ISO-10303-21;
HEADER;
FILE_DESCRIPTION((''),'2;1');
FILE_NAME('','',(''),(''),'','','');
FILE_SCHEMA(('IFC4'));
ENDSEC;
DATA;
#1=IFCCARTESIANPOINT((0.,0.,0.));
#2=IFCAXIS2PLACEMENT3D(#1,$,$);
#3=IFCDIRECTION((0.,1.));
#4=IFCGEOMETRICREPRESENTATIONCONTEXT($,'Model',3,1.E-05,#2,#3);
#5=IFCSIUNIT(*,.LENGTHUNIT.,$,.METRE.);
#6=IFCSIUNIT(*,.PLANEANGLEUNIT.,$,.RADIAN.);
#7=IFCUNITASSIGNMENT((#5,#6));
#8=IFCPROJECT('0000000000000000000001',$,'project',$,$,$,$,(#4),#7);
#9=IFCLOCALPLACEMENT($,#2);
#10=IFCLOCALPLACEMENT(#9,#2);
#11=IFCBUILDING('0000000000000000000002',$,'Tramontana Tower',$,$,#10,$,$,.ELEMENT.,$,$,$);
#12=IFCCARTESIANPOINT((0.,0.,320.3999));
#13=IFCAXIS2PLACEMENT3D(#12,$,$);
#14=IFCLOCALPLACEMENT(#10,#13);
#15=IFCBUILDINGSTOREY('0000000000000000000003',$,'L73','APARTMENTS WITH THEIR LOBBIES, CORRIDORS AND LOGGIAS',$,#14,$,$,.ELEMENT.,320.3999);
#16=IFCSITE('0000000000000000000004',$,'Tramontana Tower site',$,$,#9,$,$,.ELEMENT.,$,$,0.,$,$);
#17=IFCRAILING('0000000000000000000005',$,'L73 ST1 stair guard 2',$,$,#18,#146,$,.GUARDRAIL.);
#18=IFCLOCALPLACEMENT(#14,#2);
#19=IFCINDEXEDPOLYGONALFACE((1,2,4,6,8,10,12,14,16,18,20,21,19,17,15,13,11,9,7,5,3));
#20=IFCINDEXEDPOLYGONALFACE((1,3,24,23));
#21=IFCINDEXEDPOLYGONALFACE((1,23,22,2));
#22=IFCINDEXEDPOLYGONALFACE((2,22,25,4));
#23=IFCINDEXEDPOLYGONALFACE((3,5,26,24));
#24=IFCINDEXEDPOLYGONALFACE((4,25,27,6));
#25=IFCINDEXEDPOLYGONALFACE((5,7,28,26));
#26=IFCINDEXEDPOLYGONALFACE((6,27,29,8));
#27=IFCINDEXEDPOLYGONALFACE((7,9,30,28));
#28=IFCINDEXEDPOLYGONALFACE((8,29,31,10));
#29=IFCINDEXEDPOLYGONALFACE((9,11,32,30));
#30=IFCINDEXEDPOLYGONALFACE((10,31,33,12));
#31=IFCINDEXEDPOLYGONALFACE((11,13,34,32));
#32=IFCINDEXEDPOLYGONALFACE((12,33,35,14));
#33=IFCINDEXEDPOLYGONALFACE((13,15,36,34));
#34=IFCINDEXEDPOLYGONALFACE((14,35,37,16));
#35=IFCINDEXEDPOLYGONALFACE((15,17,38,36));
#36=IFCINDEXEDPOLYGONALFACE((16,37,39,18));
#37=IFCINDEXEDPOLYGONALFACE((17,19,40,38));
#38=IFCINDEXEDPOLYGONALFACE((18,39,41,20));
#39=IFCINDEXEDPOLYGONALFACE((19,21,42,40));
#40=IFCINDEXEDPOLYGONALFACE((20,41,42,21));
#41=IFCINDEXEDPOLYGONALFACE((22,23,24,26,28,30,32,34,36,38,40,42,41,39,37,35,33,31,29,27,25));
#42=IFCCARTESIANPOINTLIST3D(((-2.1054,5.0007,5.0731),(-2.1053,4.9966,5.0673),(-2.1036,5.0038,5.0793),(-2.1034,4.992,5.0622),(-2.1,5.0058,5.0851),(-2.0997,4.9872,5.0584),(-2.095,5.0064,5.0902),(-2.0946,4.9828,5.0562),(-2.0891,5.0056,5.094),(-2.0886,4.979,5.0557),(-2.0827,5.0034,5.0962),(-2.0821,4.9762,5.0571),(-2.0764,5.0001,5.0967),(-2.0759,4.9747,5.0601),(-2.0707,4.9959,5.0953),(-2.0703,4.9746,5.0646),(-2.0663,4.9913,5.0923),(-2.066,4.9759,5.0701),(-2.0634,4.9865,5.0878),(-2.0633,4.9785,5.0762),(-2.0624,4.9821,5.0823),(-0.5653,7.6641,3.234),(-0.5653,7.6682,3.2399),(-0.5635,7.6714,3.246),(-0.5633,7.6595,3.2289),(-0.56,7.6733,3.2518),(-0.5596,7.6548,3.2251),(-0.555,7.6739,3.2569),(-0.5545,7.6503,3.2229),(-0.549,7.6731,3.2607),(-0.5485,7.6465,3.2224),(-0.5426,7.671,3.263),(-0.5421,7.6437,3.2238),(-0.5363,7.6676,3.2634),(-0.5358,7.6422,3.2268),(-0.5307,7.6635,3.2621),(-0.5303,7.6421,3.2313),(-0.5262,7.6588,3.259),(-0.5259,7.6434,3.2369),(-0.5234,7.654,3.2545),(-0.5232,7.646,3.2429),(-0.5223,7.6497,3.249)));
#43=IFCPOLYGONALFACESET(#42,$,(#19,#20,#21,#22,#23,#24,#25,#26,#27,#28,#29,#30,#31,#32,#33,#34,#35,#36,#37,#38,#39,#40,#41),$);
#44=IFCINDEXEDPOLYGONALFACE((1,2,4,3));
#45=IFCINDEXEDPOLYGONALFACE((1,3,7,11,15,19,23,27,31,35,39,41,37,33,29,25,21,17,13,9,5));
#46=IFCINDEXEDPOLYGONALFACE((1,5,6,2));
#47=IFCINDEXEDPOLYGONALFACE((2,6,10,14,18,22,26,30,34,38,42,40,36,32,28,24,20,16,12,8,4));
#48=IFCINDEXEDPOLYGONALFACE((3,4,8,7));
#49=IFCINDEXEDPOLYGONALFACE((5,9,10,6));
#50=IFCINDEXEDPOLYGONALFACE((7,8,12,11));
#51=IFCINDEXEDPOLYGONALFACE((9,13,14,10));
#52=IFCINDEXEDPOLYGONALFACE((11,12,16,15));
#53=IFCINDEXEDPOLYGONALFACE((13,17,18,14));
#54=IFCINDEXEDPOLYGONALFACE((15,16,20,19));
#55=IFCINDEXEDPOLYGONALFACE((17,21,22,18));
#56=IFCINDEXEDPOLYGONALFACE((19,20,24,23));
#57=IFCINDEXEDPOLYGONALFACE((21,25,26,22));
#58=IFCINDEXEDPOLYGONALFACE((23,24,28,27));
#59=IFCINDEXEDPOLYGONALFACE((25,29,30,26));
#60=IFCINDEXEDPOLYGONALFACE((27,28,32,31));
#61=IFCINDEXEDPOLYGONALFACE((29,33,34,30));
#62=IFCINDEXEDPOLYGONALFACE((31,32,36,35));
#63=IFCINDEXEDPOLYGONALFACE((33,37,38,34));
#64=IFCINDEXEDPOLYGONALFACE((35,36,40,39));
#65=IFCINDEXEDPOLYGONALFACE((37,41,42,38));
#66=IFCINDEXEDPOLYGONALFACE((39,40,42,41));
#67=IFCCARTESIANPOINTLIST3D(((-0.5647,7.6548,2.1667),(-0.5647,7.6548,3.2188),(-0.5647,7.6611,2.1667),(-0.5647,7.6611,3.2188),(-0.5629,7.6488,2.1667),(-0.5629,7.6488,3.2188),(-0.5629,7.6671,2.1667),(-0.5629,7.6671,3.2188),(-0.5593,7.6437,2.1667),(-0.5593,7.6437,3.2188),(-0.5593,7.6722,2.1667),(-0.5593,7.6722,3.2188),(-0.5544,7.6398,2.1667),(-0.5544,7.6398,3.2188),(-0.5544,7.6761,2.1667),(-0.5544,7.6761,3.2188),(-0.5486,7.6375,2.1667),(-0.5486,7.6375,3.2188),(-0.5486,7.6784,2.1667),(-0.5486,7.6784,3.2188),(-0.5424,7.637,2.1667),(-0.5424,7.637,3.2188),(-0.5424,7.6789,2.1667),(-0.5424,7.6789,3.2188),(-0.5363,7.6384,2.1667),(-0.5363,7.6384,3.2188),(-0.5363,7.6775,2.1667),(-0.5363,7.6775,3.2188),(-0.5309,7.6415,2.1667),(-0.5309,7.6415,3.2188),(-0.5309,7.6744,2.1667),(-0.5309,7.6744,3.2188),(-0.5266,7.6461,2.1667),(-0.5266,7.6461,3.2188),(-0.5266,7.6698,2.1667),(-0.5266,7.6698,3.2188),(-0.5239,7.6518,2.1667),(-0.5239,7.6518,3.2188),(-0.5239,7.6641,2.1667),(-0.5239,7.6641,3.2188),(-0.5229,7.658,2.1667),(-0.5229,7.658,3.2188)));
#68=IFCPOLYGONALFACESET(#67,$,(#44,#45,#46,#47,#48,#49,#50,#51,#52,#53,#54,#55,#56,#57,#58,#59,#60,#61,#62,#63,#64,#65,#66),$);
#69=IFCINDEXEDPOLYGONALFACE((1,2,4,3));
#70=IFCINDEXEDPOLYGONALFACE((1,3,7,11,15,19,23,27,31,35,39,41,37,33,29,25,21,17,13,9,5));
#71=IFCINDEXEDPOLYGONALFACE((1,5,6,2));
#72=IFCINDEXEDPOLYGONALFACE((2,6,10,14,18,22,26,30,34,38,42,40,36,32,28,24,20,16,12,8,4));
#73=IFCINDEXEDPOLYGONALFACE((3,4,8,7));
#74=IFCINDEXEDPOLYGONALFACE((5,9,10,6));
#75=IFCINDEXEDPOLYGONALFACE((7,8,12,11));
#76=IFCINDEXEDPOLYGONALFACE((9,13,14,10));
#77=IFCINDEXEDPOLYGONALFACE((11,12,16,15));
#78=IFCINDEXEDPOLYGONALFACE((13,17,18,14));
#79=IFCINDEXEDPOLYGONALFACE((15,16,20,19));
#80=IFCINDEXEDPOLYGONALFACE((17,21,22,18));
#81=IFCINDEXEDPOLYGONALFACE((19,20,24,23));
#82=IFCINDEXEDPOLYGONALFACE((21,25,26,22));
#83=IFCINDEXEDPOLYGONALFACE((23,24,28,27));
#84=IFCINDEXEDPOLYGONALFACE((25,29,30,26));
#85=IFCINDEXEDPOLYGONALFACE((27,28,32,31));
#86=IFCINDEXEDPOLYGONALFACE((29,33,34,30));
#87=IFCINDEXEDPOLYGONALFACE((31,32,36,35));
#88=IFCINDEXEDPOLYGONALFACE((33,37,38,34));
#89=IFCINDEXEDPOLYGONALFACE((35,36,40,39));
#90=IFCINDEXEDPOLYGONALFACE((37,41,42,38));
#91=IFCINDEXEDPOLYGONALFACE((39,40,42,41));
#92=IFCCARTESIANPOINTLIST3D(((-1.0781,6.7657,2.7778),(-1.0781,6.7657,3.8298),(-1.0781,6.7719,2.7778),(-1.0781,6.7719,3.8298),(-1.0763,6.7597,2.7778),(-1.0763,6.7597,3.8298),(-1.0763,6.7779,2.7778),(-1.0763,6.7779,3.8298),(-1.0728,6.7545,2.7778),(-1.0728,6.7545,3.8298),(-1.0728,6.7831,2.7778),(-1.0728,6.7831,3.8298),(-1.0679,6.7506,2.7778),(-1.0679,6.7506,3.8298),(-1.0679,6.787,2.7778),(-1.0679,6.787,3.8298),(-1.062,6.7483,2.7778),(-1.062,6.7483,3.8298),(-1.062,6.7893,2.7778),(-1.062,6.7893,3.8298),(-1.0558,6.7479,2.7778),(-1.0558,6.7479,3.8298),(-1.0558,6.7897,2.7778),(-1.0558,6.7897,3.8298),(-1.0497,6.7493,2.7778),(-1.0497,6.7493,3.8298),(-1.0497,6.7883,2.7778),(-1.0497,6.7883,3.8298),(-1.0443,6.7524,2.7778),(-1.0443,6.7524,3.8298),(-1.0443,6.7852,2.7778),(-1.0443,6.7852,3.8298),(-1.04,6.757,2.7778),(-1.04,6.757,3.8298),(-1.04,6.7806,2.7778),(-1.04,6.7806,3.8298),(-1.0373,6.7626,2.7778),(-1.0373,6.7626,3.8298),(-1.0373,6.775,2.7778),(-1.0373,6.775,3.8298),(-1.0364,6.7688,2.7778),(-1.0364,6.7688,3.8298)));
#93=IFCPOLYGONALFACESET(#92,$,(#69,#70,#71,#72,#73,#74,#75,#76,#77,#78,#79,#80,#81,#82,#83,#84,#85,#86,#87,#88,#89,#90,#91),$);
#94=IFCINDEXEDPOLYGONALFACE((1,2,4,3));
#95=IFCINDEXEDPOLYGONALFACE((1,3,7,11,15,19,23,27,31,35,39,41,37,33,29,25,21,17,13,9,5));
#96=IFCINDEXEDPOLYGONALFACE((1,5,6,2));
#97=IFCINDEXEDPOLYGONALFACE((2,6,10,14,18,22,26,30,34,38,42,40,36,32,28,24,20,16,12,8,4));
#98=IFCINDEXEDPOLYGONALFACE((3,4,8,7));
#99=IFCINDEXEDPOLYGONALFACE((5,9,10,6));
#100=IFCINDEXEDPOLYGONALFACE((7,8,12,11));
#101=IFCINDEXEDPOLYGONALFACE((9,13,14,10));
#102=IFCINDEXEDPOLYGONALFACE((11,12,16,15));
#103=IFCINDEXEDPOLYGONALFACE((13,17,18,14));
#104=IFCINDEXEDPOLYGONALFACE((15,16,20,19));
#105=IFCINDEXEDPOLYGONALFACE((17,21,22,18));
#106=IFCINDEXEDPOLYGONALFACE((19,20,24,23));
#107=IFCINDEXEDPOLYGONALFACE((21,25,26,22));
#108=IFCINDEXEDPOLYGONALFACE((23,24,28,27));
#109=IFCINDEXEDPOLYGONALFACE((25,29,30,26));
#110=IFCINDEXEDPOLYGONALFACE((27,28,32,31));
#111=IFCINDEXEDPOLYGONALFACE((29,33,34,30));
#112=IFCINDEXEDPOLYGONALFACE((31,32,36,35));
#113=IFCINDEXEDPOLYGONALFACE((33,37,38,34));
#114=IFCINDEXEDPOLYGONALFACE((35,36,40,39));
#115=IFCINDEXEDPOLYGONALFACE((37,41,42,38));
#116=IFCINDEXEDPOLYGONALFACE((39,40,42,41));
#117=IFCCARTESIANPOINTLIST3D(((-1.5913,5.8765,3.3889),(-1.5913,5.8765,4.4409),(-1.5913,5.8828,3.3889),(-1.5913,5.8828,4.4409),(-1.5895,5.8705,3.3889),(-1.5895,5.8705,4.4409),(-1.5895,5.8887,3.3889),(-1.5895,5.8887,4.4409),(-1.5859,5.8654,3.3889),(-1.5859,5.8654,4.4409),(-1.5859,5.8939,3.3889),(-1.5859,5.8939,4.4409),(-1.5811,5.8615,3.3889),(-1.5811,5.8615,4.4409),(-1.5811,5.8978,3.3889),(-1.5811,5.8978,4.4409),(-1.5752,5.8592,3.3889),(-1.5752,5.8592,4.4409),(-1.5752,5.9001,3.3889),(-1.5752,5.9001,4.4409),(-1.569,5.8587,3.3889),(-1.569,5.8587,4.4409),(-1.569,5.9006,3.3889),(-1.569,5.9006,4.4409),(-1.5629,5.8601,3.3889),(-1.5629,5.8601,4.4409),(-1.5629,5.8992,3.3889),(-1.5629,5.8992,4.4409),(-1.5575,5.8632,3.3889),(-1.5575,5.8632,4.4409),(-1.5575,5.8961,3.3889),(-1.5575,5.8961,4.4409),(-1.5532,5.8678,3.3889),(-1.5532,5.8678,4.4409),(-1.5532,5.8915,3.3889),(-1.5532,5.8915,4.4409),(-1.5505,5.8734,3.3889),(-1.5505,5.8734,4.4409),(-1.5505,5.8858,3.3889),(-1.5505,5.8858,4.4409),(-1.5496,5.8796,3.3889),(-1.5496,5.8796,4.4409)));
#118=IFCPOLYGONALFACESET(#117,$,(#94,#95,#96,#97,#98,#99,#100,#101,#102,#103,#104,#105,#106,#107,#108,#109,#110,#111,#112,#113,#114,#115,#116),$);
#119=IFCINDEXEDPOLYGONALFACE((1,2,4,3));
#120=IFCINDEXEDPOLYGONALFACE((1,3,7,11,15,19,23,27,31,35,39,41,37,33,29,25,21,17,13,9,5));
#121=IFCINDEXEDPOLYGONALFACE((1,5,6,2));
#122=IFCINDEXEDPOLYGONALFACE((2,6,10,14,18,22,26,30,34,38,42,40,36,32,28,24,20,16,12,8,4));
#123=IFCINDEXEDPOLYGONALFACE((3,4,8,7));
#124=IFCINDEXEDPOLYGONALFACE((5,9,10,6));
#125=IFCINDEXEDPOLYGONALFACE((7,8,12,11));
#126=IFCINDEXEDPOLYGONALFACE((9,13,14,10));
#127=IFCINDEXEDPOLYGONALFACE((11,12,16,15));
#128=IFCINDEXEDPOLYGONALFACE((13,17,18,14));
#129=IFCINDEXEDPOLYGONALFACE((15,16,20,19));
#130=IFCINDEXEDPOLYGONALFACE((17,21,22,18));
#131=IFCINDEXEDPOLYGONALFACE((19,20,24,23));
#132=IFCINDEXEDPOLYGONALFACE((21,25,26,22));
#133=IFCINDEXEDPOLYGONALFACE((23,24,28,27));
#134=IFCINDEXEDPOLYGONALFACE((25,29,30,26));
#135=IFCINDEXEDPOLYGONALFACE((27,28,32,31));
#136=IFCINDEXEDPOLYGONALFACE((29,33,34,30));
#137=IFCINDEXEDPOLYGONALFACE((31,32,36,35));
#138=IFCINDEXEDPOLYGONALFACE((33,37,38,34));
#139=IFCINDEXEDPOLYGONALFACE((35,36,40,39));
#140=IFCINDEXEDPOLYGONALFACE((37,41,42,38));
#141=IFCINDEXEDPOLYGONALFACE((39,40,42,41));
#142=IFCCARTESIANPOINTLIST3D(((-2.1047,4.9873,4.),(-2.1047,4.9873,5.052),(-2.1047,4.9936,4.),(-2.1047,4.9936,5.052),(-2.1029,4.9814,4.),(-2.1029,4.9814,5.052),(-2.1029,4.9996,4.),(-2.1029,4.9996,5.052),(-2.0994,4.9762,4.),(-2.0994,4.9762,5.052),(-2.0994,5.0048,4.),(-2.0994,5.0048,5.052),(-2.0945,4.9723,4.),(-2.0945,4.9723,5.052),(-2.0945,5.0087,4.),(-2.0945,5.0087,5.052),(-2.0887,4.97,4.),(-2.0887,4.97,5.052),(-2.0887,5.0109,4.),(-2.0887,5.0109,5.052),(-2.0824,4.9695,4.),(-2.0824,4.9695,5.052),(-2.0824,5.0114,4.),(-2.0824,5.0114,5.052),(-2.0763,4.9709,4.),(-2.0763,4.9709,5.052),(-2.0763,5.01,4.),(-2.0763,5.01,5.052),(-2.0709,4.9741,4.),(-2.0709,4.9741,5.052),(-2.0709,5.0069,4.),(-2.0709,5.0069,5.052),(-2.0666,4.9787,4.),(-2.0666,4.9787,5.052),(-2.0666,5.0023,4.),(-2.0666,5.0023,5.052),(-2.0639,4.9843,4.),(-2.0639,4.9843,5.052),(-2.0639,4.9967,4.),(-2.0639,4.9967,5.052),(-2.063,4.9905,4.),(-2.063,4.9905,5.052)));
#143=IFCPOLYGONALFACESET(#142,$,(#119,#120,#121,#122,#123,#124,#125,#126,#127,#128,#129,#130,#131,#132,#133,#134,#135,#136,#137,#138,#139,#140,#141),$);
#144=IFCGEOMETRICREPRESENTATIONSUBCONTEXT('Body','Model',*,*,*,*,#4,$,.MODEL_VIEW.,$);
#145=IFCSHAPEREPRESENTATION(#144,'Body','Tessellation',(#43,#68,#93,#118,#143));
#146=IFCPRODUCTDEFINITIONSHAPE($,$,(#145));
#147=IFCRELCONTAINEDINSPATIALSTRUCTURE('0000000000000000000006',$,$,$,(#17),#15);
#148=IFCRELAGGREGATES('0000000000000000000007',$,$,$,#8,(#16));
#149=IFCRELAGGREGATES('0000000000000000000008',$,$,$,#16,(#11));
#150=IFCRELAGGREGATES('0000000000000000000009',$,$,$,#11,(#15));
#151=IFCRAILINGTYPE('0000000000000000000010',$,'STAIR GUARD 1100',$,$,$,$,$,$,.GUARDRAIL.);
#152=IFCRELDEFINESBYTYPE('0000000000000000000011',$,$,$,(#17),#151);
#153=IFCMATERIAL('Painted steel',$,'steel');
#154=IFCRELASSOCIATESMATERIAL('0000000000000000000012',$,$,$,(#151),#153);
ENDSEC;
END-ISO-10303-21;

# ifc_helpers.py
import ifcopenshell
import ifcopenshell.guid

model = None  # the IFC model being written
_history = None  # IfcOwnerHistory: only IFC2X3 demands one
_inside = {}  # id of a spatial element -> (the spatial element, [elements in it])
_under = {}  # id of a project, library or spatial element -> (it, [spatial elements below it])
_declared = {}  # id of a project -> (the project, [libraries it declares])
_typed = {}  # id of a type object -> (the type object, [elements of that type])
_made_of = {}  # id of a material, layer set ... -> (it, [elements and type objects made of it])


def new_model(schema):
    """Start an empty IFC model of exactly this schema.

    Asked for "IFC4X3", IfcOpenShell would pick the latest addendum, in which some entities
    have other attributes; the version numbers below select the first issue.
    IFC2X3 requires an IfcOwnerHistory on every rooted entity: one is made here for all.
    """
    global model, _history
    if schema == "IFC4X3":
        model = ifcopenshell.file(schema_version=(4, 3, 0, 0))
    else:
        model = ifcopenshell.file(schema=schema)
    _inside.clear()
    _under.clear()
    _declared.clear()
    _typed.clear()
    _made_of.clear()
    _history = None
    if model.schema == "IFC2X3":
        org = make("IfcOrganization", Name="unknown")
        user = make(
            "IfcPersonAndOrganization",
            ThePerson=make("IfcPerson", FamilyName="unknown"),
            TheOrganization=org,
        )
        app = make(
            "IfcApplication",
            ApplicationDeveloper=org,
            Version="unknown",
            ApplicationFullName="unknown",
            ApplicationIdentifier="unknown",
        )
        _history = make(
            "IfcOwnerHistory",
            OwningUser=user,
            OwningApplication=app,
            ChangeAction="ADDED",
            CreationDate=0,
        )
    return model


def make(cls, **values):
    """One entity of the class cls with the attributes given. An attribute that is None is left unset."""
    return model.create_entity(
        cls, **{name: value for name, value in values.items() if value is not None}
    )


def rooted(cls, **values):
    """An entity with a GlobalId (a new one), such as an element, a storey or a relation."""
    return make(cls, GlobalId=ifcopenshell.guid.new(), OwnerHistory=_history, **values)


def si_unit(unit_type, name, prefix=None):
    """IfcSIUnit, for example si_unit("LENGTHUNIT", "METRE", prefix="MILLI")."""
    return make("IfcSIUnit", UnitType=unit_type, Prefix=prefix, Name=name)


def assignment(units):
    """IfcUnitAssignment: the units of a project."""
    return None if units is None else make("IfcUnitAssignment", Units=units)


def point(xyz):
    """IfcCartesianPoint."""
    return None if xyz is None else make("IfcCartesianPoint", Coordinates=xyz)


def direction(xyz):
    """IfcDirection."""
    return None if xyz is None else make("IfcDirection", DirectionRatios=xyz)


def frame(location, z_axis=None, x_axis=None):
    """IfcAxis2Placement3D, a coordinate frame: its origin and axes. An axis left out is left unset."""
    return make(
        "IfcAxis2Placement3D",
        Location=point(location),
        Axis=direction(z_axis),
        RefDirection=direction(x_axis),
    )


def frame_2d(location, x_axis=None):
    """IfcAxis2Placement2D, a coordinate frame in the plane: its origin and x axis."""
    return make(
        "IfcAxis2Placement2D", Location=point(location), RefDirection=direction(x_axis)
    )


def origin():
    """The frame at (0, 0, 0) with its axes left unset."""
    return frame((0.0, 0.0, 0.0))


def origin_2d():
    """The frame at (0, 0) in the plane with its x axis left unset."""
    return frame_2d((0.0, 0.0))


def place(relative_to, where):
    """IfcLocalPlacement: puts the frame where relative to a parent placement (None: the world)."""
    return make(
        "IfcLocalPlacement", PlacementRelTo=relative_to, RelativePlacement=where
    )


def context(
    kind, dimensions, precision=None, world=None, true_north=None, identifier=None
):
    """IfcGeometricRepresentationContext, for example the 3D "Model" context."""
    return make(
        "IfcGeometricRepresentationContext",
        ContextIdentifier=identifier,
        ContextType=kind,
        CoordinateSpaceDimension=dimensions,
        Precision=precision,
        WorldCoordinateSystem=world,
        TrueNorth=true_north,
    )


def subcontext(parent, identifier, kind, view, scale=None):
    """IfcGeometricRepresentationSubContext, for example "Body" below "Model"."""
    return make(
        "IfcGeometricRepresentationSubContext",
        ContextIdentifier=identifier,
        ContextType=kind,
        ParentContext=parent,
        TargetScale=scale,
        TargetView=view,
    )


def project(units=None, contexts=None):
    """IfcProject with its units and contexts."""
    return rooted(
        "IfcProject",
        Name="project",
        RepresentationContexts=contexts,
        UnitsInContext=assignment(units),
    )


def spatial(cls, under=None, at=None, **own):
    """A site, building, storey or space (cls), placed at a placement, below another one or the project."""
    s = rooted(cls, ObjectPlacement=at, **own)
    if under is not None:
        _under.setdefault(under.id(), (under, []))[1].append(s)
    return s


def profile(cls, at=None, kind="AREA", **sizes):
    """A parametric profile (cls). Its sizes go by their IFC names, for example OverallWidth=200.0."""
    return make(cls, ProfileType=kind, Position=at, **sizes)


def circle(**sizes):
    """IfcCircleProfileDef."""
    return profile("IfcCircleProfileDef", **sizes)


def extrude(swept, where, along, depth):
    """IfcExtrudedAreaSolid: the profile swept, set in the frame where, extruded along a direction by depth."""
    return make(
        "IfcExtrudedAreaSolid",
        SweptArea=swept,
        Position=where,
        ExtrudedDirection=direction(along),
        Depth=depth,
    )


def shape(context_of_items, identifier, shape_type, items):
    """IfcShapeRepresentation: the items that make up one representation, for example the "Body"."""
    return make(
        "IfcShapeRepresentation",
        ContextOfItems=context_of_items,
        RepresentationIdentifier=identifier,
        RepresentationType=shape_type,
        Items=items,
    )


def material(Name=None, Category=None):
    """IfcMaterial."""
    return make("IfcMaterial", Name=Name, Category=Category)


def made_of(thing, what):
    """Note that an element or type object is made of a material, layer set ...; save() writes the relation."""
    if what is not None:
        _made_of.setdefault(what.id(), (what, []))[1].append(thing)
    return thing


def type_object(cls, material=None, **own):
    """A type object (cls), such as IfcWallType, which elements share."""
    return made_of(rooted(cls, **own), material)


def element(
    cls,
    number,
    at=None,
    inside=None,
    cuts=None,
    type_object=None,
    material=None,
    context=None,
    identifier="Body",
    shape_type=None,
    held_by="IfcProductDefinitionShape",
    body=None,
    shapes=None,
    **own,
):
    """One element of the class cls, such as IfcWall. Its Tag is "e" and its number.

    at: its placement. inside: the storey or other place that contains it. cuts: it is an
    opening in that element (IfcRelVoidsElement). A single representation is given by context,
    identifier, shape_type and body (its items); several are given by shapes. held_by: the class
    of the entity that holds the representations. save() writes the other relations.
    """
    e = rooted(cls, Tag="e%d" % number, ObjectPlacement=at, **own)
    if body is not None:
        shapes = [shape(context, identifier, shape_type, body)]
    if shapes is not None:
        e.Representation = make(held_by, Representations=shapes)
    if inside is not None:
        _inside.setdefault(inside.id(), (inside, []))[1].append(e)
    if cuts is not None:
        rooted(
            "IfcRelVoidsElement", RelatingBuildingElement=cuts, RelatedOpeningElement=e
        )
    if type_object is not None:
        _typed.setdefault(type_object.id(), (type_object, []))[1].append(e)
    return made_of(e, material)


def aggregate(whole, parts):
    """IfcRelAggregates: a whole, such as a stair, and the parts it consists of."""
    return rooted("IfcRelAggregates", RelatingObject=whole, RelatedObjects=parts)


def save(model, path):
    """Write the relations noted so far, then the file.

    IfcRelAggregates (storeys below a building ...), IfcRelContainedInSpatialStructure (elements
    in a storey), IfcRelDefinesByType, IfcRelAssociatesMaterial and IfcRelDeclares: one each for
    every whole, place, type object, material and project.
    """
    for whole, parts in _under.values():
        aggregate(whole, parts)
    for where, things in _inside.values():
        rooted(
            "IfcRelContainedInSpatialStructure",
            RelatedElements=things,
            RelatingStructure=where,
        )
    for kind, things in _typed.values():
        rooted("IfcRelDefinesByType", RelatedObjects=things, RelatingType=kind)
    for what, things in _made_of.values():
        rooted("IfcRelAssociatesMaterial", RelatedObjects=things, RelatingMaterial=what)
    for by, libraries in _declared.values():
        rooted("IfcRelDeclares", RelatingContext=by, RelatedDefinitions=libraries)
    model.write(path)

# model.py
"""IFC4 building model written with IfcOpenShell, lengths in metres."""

from ifc_helpers import new_model, si_unit, direction, frame, origin, origin_2d, place, context, subcontext, project, spatial, circle, extrude, material, type_object, element, save


model = new_model("IFC4")

# Units and contexts
model_context = context("Model", 3, precision=1e-05, world=origin(), true_north=direction((0.0, 1.0)))
body_context = subcontext(model_context, "Body", "Model", "MODEL_VIEW")
ifc_project = project(units=[si_unit("LENGTHUNIT", "METRE"), si_unit("PLANEANGLEUNIT", "RADIAN")], contexts=[model_context])

# Site, building, storey
site_placement = place(None, origin())
site = spatial("IfcSite", under=ifc_project, at=site_placement, Name="Tramontana Tower site", CompositionType="ELEMENT", RefElevation=0.0)
building_placement = place(site_placement, origin())
building = spatial("IfcBuilding", under=site, at=building_placement, Name="Tramontana Tower", CompositionType="ELEMENT")
storey_placement = place(building_placement, frame((0.0, 0.0, 320.3999)))
storey = spatial("IfcBuildingStorey", under=building, at=storey_placement, Name="L73", Description="APARTMENTS WITH THEIR LOBBIES, CORRIDORS AND LOGGIAS", CompositionType="ELEMENT", Elevation=320.3999)

# Railing
ifc_material_1 = material(Name="Painted steel", Category="steel")
railing_type_1 = type_object("IfcRailingType", Name="STAIR GUARD 1100", PredefinedType="GUARDRAIL", material=ifc_material_1)
railing_1_placement = place(storey_placement, frame((-0.5439, 7.658, 2.1667)))
element("IfcRailing", 1, at=railing_1_placement, inside=storey, type_object=railing_type_1, Name="L73 ST1 stair guard 2", PredefinedType="GUARDRAIL", context=body_context, shape_type="SweptSolid", body=[
    extrude(circle(Radius=0.0239, at=origin_2d()), frame((0.0, 0.0, 1.0762), z_axis=(-0.429649, -0.74419, 0.511452), x_axis=(0.86603, -0.499992, 0.0)), (0.0, 0.0, 1.0), 3.5845),
    extrude(circle(Radius=0.021, at=origin_2d()), origin(), (0.0, 0.0, 1.0), 1.052),
    extrude(circle(Radius=0.021, at=origin_2d()), frame((-0.5134, -0.8892, 0.6111)), (0.0, 0.0, 1.0), 1.052),
    extrude(circle(Radius=0.021, at=origin_2d()), frame((-1.0266, -1.7783, 1.2222)), (0.0, 0.0, 1.0), 1.052),
    extrude(circle(Radius=0.021, at=origin_2d()), frame((-1.54, -2.6675, 1.8333)), (0.0, 0.0, 1.0), 1.052),
])

save(model, "model.ifc")
